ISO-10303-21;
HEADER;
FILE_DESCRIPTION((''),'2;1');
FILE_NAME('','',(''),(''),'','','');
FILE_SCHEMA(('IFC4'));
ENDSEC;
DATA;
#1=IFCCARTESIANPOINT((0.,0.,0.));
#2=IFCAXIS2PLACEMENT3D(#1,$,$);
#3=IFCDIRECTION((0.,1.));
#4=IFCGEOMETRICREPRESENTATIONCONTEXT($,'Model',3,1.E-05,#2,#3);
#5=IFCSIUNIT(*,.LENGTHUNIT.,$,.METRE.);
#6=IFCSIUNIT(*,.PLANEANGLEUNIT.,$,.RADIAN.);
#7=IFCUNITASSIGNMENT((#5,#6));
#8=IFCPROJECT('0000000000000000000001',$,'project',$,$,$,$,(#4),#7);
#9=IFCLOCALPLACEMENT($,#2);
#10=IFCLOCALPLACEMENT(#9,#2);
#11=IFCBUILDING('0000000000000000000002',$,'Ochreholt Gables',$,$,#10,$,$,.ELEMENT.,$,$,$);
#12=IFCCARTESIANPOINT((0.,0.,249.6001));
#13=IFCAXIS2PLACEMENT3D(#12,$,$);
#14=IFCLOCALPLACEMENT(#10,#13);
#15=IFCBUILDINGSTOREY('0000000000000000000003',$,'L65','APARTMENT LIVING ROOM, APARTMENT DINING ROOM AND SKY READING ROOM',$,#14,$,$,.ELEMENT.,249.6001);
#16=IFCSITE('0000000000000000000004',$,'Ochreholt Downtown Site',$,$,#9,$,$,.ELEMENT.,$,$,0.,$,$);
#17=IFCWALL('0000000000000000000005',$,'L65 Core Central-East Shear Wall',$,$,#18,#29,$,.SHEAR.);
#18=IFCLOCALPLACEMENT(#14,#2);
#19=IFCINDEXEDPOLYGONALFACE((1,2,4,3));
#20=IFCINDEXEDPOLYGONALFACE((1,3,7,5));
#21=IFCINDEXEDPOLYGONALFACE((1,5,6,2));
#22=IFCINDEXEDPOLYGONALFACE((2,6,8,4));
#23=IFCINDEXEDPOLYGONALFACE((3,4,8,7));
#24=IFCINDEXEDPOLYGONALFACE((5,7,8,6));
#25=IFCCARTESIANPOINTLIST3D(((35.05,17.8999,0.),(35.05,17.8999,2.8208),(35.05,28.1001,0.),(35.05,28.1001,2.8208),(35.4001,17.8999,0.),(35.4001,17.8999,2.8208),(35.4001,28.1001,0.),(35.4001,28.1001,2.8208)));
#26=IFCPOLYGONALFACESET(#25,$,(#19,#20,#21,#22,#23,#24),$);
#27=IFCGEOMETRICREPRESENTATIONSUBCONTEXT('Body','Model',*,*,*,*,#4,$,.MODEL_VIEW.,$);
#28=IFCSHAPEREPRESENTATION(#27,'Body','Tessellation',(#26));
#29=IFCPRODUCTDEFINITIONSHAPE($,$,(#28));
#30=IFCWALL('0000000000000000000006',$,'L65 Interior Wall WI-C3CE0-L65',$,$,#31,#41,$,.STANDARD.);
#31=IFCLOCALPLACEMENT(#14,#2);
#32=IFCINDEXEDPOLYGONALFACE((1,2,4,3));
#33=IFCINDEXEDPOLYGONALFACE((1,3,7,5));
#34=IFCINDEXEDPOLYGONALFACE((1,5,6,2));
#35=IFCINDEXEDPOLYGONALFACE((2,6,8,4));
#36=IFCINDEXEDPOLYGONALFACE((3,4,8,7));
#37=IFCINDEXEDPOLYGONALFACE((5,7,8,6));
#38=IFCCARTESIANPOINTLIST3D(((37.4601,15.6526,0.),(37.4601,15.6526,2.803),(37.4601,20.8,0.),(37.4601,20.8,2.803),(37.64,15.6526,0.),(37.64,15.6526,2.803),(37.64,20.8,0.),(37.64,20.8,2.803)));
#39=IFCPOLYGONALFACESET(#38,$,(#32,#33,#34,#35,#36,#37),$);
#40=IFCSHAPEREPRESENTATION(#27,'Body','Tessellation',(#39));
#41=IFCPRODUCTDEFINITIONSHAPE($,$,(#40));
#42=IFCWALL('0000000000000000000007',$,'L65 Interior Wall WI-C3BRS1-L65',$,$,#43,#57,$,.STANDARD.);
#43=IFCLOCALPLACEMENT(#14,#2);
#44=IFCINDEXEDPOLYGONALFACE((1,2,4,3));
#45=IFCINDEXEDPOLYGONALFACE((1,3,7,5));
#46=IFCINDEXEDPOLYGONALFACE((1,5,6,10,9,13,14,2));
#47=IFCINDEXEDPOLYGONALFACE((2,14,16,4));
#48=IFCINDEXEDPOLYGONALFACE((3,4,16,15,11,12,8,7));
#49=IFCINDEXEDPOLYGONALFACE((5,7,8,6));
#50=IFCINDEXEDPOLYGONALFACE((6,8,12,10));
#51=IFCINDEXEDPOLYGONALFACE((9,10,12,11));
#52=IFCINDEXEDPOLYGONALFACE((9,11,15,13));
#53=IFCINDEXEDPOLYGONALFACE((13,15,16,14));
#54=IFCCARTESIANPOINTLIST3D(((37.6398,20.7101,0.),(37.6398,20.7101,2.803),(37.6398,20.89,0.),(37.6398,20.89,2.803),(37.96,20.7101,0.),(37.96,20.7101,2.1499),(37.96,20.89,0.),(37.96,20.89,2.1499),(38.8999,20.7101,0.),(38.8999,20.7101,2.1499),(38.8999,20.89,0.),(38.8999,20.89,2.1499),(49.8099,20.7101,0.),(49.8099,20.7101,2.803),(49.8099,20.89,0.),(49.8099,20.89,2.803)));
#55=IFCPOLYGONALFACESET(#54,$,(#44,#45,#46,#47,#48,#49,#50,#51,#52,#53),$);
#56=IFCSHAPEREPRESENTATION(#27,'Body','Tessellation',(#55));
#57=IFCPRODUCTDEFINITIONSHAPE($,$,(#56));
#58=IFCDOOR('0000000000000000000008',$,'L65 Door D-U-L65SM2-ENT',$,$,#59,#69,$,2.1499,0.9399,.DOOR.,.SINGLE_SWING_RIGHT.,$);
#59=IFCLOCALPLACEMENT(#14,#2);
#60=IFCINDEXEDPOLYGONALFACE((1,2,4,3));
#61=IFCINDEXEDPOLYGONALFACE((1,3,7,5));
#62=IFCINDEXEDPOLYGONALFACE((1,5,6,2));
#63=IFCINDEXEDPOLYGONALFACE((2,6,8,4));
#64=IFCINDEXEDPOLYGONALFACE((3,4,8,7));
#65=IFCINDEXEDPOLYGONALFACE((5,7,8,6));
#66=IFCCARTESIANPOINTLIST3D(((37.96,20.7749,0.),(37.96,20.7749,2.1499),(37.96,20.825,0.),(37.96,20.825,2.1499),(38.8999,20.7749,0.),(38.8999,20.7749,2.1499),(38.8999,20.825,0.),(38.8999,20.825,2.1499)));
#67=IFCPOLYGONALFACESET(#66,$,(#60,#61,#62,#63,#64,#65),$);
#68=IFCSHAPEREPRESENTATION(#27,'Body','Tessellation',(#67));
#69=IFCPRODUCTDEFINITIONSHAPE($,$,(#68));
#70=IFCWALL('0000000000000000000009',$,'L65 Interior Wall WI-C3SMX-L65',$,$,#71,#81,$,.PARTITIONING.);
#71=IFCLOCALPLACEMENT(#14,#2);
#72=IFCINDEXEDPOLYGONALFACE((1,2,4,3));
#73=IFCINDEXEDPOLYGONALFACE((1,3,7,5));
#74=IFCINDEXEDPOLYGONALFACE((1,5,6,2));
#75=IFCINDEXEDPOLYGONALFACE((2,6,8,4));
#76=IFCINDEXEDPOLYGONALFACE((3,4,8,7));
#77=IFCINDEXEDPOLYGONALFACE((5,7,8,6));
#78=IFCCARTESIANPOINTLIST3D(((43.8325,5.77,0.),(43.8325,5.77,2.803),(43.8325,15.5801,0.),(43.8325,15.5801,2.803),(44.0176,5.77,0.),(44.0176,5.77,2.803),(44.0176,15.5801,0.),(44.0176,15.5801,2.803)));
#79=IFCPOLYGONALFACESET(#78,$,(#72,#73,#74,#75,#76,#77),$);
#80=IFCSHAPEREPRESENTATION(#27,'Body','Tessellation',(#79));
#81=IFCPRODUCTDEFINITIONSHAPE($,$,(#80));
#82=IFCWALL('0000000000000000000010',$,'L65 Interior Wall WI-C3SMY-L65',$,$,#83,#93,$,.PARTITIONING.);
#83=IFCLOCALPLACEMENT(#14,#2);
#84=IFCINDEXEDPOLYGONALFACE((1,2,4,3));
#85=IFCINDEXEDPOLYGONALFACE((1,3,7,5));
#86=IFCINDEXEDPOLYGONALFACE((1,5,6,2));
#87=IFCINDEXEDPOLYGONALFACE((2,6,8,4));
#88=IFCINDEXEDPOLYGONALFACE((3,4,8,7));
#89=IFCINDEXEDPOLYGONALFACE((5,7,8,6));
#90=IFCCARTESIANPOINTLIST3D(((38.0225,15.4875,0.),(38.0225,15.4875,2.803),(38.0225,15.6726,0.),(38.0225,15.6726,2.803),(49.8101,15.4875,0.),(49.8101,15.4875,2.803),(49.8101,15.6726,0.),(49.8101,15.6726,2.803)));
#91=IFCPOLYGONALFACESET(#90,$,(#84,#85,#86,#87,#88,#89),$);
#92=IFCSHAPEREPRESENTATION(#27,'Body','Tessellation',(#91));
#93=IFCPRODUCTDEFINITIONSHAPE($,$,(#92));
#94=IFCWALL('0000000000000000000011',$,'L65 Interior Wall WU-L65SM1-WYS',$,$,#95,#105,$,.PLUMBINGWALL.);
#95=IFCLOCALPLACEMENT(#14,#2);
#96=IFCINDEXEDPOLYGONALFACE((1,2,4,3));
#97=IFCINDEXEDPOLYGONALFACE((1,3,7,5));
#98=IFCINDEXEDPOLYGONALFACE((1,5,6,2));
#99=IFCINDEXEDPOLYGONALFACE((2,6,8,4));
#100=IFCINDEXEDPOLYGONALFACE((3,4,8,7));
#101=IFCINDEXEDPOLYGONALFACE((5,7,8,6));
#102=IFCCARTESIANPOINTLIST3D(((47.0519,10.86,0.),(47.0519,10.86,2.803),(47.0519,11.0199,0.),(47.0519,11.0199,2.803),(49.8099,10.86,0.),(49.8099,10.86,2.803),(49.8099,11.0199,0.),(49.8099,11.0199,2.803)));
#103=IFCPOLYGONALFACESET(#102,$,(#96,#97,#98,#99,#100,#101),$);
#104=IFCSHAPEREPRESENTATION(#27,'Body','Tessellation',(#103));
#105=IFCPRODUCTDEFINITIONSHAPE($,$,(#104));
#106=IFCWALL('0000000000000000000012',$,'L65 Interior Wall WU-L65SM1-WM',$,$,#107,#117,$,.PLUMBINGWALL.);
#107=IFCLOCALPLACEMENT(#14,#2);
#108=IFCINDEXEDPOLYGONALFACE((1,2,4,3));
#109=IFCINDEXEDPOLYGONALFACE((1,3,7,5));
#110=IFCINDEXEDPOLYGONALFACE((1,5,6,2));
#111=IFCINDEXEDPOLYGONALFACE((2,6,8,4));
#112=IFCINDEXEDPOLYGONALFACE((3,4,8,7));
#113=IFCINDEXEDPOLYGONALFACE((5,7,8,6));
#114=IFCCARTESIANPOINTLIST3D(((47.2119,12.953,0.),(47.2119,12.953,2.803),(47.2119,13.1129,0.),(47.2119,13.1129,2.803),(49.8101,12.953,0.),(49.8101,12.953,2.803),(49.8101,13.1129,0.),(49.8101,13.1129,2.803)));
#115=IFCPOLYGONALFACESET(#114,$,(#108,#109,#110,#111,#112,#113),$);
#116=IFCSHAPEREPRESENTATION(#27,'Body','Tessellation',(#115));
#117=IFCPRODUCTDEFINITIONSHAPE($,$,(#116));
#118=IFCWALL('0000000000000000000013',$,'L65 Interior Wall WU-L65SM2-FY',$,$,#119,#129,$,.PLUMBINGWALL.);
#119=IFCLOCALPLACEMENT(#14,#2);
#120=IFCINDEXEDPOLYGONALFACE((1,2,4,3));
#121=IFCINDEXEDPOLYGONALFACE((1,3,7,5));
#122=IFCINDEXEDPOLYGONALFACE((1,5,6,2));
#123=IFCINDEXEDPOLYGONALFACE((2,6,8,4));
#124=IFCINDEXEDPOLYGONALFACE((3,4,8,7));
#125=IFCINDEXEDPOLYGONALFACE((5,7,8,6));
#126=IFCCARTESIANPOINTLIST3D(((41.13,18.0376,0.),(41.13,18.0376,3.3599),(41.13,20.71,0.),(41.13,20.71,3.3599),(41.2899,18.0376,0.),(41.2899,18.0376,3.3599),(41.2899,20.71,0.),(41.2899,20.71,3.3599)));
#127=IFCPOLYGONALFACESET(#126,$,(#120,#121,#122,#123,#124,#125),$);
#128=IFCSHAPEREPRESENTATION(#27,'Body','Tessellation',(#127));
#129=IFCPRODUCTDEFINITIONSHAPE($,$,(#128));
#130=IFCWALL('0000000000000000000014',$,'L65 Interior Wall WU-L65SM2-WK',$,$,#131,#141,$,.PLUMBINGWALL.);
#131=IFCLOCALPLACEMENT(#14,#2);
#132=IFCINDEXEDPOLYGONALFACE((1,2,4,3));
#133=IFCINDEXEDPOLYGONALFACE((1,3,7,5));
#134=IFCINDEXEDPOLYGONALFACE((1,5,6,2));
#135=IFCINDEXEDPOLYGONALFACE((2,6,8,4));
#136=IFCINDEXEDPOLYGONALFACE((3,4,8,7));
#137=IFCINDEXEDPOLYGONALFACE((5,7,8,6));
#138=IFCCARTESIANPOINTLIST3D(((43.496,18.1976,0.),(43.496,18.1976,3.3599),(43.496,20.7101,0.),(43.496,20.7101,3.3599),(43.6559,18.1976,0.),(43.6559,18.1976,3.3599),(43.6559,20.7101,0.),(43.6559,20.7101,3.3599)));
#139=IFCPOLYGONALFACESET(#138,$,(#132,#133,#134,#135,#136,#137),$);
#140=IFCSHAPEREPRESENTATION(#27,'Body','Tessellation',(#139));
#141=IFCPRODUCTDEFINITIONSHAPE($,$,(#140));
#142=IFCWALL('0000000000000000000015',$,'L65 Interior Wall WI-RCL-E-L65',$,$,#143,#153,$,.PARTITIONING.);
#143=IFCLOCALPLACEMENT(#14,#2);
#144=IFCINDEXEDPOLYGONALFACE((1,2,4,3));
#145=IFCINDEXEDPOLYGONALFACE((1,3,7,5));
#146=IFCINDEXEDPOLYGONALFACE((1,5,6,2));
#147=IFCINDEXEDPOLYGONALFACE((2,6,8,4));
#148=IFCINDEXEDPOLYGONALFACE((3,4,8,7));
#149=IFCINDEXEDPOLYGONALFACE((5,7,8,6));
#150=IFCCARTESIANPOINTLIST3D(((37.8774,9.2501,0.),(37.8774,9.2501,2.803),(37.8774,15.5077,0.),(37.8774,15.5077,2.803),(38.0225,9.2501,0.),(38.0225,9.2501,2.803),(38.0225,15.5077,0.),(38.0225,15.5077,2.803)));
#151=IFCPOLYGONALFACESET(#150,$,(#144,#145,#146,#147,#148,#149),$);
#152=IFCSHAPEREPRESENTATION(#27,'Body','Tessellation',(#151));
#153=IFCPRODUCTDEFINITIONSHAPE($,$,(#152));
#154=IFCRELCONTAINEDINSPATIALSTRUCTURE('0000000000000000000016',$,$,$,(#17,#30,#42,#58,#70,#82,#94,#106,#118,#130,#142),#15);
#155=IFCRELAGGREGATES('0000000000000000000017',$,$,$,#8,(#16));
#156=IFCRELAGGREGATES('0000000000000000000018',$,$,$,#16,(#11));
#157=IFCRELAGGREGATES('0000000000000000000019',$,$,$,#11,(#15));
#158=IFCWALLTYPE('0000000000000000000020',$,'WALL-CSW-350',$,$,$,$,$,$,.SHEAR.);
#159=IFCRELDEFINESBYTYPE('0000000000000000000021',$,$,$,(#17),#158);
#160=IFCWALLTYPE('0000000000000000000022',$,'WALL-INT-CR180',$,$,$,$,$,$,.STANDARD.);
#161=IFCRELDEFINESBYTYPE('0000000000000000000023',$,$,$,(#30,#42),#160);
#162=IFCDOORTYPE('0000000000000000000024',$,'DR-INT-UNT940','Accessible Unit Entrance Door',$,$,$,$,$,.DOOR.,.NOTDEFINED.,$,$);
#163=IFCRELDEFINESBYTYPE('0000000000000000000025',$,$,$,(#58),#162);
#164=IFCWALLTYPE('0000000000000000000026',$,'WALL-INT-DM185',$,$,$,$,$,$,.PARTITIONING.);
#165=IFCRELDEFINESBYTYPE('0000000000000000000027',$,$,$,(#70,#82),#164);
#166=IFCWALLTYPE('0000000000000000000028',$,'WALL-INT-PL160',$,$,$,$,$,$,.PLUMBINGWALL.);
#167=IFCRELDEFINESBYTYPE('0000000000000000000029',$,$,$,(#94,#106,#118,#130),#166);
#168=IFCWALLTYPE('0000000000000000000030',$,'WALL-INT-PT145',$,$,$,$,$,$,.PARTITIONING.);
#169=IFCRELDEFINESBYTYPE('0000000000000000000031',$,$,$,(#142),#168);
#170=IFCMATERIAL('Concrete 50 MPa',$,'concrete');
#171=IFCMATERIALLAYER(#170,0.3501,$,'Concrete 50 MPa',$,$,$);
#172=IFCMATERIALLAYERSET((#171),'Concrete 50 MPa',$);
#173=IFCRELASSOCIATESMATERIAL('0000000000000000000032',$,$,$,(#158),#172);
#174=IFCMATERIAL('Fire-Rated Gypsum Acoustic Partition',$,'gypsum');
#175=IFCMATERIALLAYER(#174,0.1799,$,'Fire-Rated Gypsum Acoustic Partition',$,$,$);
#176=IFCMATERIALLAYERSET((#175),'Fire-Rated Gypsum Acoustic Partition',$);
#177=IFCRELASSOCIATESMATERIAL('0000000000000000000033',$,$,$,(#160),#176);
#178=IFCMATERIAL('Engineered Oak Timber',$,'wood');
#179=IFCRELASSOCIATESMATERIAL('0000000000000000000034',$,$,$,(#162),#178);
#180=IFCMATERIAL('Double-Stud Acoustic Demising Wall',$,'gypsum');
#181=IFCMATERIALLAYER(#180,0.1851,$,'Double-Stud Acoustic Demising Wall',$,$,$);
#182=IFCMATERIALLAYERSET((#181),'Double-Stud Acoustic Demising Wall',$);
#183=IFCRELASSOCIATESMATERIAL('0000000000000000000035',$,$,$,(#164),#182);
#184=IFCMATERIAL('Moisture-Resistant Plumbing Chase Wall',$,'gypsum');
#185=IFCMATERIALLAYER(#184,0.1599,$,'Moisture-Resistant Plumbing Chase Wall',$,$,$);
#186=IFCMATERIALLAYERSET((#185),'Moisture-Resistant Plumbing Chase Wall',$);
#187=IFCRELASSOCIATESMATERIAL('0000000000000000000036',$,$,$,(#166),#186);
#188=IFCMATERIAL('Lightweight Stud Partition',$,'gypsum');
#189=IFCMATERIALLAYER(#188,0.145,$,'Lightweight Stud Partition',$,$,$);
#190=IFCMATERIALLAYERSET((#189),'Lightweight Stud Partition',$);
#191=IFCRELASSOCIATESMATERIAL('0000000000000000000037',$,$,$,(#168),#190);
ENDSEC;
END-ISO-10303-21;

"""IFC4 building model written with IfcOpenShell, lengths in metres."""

from ifc_helpers import new_model, si_unit, direction, frame, frame_2d, origin, place, context, subcontext, project, spatial, rectangle, extrude, material, layer, layer_set, type_object, element, fill, save


model = new_model("IFC4")

# Units and contexts
model_context = context("Model", 3, precision=1e-05, world=origin(), true_north=direction((0.0, 1.0)))
body_context = subcontext(model_context, "Body", "Model", "MODEL_VIEW")
ifc_project = project(units=[si_unit("LENGTHUNIT", "METRE"), si_unit("PLANEANGLEUNIT", "RADIAN")], contexts=[model_context])

# Site, building, storey
site_placement = place(None, origin())
site = spatial("IfcSite", under=ifc_project, at=site_placement, Name="Ochreholt Downtown Site", CompositionType="ELEMENT", RefElevation=0.0)
building_placement = place(site_placement, origin())
building = spatial("IfcBuilding", under=site, at=building_placement, Name="Ochreholt Gables", CompositionType="ELEMENT")
storey_placement = place(building_placement, frame((0.0, 0.0, 249.6001)))
storey = spatial("IfcBuildingStorey", under=building, at=storey_placement, Name="L65", Description="APARTMENT LIVING ROOM, APARTMENT DINING ROOM AND SKY READING ROOM", CompositionType="ELEMENT", Elevation=249.6001)

# Walls
ifc_material_1 = material(Name="Concrete 50 MPa", Category="concrete")
ifc_layer_1 = layer(ifc_material_1, 0.3501, Name="Concrete 50 MPa")
ifc_layer_set_1 = layer_set([ifc_layer_1], Name="Concrete 50 MPa")
wall_type_1 = type_object("IfcWallType", Name="WALL-CSW-350", PredefinedType="SHEAR", material=ifc_layer_set_1)
wall_1_placement = place(storey_placement, frame((35.2251, 17.8999, 0.0), z_axis=(0.0, 0.0, 1.0), x_axis=(0.0, 1.0, 0.0)))
element("IfcWall", 1, at=wall_1_placement, inside=storey, type_object=wall_type_1, Name="L65 Core Central-East Shear Wall", PredefinedType="SHEAR", context=body_context, shape_type="SweptSolid", body=[
    extrude(rectangle(XDim=10.2002, YDim=0.3501, at=frame_2d((5.1001, 0.0))), origin(), (0.0, 0.0, 1.0), 2.8208),
])
ifc_material_2 = material(Name="Fire-Rated Gypsum Acoustic Partition", Category="gypsum")
ifc_layer_2 = layer(ifc_material_2, 0.1799, Name="Fire-Rated Gypsum Acoustic Partition")
ifc_layer_set_2 = layer_set([ifc_layer_2], Name="Fire-Rated Gypsum Acoustic Partition")
wall_type_2 = type_object("IfcWallType", Name="WALL-INT-CR180", PredefinedType="STANDARD", material=ifc_layer_set_2)
wall_2_placement = place(storey_placement, frame((37.55, 15.6526, 0.0), z_axis=(0.0, 0.0, 1.0), x_axis=(0.0, 1.0, 0.0)))
element("IfcWall", 2, at=wall_2_placement, inside=storey, type_object=wall_type_2, Name="L65 Interior Wall WI-C3CE0-L65", PredefinedType="STANDARD", context=body_context, shape_type="SweptSolid", body=[
    extrude(rectangle(XDim=5.1475, YDim=0.1799, at=frame_2d((2.5737, 0.0))), origin(), (0.0, 0.0, 1.0), 2.803),
])

# Wall, opening, door
wall_3_placement = place(storey_placement, frame((37.6399, 20.8, 0.0), z_axis=(0.0, 0.0, 1.0), x_axis=(1.0, 0.0, 0.0)))
wall_3 = element("IfcWall", 3, at=wall_3_placement, inside=storey, type_object=wall_type_2, Name="L65 Interior Wall WI-C3BRS1-L65", PredefinedType="STANDARD", context=body_context, shape_type="SweptSolid", body=[
    extrude(rectangle(XDim=12.1702, YDim=0.1799, at=frame_2d((6.085, 0.0))), origin(), (0.0, 0.0, 1.0), 2.803),
])
opening_1_placement = place(wall_3_placement, frame((0.3201, 0.0, 0.0)))
opening_1 = element("IfcOpeningElement", 4, at=opening_1_placement, cuts=wall_3, PredefinedType="OPENING", context=body_context, shape_type="SweptSolid", body=[
    extrude(rectangle(XDim=0.9399, YDim=2.1499, at=frame_2d((0.47, 1.075))), frame((0.0, 0.0999, 0.0), z_axis=(0.0, -1.0, 0.0), x_axis=(1.0, 0.0, 0.0)), (0.0, 0.0, 1.0), 0.2),
])
ifc_material_3 = material(Name="Engineered Oak Timber", Category="wood")
door_type_1 = type_object("IfcDoorType", Name="DR-INT-UNT940", Description="Accessible Unit Entrance Door", OperationType="NOTDEFINED", PredefinedType="DOOR", material=ifc_material_3)
door_1_placement = place(opening_1_placement, origin())
door_1 = element("IfcDoor", 5, at=door_1_placement, inside=storey, type_object=door_type_1, Name="L65 Door D-U-L65SM2-ENT", OperationType="SINGLE_SWING_RIGHT", OverallHeight=2.1499, OverallWidth=0.9399, PredefinedType="DOOR", context=body_context, shape_type="SweptSolid", body=[
    extrude(rectangle(XDim=0.9399, YDim=2.1499, at=frame_2d((0.47, 1.075))), frame((0.0, 0.0249, 0.0), z_axis=(0.0, -1.0, 0.0), x_axis=(1.0, 0.0, 0.0)), (0.0, 0.0, 1.0), 0.05),
])
fill(opening_1, door_1)

# Walls
ifc_material_4 = material(Name="Double-Stud Acoustic Demising Wall", Category="gypsum")
ifc_layer_3 = layer(ifc_material_4, 0.1851, Name="Double-Stud Acoustic Demising Wall")
ifc_layer_set_3 = layer_set([ifc_layer_3], Name="Double-Stud Acoustic Demising Wall")
wall_type_3 = type_object("IfcWallType", Name="WALL-INT-DM185", PredefinedType="PARTITIONING", material=ifc_layer_set_3)
wall_4_placement = place(storey_placement, frame((43.925, 5.77, 0.0), z_axis=(0.0, 0.0, 1.0), x_axis=(0.0, 1.0, 0.0)))
element("IfcWall", 6, at=wall_4_placement, inside=storey, type_object=wall_type_3, Name="L65 Interior Wall WI-C3SMX-L65", PredefinedType="PARTITIONING", context=body_context, shape_type="SweptSolid", body=[
    extrude(rectangle(XDim=9.8101, YDim=0.1851, at=frame_2d((4.905, 0.0))), origin(), (0.0, 0.0, 1.0), 2.803),
])
wall_5_placement = place(storey_placement, frame((38.0225, 15.5801, 0.0), z_axis=(0.0, 0.0, 1.0), x_axis=(1.0, 0.0, 0.0)))
element("IfcWall", 7, at=wall_5_placement, inside=storey, type_object=wall_type_3, Name="L65 Interior Wall WI-C3SMY-L65", PredefinedType="PARTITIONING", context=body_context, shape_type="SweptSolid", body=[
    extrude(rectangle(XDim=11.7876, YDim=0.1851, at=frame_2d((5.8938, 0.0))), origin(), (0.0, 0.0, 1.0), 2.803),
])
ifc_material_5 = material(Name="Moisture-Resistant Plumbing Chase Wall", Category="gypsum")
ifc_layer_4 = layer(ifc_material_5, 0.1599, Name="Moisture-Resistant Plumbing Chase Wall")
ifc_layer_set_4 = layer_set([ifc_layer_4], Name="Moisture-Resistant Plumbing Chase Wall")
wall_type_4 = type_object("IfcWallType", Name="WALL-INT-PL160", PredefinedType="PLUMBINGWALL", material=ifc_layer_set_4)
wall_6_placement = place(storey_placement, frame((47.052, 10.9399, 0.0), z_axis=(0.0, 0.0, 1.0), x_axis=(1.0, 0.0, 0.0)))
element("IfcWall", 8, at=wall_6_placement, inside=storey, type_object=wall_type_4, Name="L65 Interior Wall WU-L65SM1-WYS", PredefinedType="PLUMBINGWALL", context=body_context, shape_type="SweptSolid", body=[
    extrude(rectangle(XDim=2.7581, YDim=0.1599, at=frame_2d((1.3789, 0.0))), origin(), (0.0, 0.0, 1.0), 2.803),
])

# Wall
wall_7_placement = place(storey_placement, frame((47.2119, 13.033, 0.0), z_axis=(0.0, 0.0, 1.0), x_axis=(1.0, 0.0, 0.0)))
element("IfcWall", 9, at=wall_7_placement, inside=storey, type_object=wall_type_4, Name="L65 Interior Wall WU-L65SM1-WM", PredefinedType="PLUMBINGWALL", context=body_context, shape_type="SweptSolid", body=[
    extrude(rectangle(XDim=2.5981, YDim=0.1599, at=frame_2d((1.2991, 0.0))), origin(), (0.0, 0.0, 1.0), 2.803),
])

# Walls
wall_8_placement = place(storey_placement, frame((41.21, 18.0376, 0.0), z_axis=(0.0, 0.0, 1.0), x_axis=(0.0, 1.0, 0.0)))
element("IfcWall", 10, at=wall_8_placement, inside=storey, type_object=wall_type_4, Name="L65 Interior Wall WU-L65SM2-FY", PredefinedType="PLUMBINGWALL", context=body_context, shape_type="SweptSolid", body=[
    extrude(rectangle(XDim=2.6724, YDim=0.1599, at=frame_2d((1.3362, 0.0))), origin(), (0.0, 0.0, 1.0), 3.3599),
])
wall_9_placement = place(storey_placement, frame((43.5759, 18.1975, 0.0), z_axis=(0.0, 0.0, 1.0), x_axis=(0.0, 1.0, 0.0)))
element("IfcWall", 11, at=wall_9_placement, inside=storey, type_object=wall_type_4, Name="L65 Interior Wall WU-L65SM2-WK", PredefinedType="PLUMBINGWALL", context=body_context, shape_type="SweptSolid", body=[
    extrude(rectangle(XDim=2.5125, YDim=0.1599, at=frame_2d((1.2563, 0.0))), origin(), (0.0, 0.0, 1.0), 3.3599),
])
ifc_material_6 = material(Name="Lightweight Stud Partition", Category="gypsum")
ifc_layer_5 = layer(ifc_material_6, 0.145, Name="Lightweight Stud Partition")
ifc_layer_set_5 = layer_set([ifc_layer_5], Name="Lightweight Stud Partition")
wall_type_5 = type_object("IfcWallType", Name="WALL-INT-PT145", PredefinedType="PARTITIONING", material=ifc_layer_set_5)
wall_10_placement = place(storey_placement, frame((37.95, 9.25, 0.0), z_axis=(0.0, 0.0, 1.0), x_axis=(0.0, 1.0, 0.0)))
element("IfcWall", 12, at=wall_10_placement, inside=storey, type_object=wall_type_5, Name="L65 Interior Wall WI-RCL-E-L65", PredefinedType="PARTITIONING", context=body_context, shape_type="SweptSolid", body=[
    extrude(rectangle(XDim=6.2576, YDim=0.145, at=frame_2d((3.1289, 0.0))), origin(), (0.0, 0.0, 1.0), 2.803),
])

save(model, "model.ifc")
